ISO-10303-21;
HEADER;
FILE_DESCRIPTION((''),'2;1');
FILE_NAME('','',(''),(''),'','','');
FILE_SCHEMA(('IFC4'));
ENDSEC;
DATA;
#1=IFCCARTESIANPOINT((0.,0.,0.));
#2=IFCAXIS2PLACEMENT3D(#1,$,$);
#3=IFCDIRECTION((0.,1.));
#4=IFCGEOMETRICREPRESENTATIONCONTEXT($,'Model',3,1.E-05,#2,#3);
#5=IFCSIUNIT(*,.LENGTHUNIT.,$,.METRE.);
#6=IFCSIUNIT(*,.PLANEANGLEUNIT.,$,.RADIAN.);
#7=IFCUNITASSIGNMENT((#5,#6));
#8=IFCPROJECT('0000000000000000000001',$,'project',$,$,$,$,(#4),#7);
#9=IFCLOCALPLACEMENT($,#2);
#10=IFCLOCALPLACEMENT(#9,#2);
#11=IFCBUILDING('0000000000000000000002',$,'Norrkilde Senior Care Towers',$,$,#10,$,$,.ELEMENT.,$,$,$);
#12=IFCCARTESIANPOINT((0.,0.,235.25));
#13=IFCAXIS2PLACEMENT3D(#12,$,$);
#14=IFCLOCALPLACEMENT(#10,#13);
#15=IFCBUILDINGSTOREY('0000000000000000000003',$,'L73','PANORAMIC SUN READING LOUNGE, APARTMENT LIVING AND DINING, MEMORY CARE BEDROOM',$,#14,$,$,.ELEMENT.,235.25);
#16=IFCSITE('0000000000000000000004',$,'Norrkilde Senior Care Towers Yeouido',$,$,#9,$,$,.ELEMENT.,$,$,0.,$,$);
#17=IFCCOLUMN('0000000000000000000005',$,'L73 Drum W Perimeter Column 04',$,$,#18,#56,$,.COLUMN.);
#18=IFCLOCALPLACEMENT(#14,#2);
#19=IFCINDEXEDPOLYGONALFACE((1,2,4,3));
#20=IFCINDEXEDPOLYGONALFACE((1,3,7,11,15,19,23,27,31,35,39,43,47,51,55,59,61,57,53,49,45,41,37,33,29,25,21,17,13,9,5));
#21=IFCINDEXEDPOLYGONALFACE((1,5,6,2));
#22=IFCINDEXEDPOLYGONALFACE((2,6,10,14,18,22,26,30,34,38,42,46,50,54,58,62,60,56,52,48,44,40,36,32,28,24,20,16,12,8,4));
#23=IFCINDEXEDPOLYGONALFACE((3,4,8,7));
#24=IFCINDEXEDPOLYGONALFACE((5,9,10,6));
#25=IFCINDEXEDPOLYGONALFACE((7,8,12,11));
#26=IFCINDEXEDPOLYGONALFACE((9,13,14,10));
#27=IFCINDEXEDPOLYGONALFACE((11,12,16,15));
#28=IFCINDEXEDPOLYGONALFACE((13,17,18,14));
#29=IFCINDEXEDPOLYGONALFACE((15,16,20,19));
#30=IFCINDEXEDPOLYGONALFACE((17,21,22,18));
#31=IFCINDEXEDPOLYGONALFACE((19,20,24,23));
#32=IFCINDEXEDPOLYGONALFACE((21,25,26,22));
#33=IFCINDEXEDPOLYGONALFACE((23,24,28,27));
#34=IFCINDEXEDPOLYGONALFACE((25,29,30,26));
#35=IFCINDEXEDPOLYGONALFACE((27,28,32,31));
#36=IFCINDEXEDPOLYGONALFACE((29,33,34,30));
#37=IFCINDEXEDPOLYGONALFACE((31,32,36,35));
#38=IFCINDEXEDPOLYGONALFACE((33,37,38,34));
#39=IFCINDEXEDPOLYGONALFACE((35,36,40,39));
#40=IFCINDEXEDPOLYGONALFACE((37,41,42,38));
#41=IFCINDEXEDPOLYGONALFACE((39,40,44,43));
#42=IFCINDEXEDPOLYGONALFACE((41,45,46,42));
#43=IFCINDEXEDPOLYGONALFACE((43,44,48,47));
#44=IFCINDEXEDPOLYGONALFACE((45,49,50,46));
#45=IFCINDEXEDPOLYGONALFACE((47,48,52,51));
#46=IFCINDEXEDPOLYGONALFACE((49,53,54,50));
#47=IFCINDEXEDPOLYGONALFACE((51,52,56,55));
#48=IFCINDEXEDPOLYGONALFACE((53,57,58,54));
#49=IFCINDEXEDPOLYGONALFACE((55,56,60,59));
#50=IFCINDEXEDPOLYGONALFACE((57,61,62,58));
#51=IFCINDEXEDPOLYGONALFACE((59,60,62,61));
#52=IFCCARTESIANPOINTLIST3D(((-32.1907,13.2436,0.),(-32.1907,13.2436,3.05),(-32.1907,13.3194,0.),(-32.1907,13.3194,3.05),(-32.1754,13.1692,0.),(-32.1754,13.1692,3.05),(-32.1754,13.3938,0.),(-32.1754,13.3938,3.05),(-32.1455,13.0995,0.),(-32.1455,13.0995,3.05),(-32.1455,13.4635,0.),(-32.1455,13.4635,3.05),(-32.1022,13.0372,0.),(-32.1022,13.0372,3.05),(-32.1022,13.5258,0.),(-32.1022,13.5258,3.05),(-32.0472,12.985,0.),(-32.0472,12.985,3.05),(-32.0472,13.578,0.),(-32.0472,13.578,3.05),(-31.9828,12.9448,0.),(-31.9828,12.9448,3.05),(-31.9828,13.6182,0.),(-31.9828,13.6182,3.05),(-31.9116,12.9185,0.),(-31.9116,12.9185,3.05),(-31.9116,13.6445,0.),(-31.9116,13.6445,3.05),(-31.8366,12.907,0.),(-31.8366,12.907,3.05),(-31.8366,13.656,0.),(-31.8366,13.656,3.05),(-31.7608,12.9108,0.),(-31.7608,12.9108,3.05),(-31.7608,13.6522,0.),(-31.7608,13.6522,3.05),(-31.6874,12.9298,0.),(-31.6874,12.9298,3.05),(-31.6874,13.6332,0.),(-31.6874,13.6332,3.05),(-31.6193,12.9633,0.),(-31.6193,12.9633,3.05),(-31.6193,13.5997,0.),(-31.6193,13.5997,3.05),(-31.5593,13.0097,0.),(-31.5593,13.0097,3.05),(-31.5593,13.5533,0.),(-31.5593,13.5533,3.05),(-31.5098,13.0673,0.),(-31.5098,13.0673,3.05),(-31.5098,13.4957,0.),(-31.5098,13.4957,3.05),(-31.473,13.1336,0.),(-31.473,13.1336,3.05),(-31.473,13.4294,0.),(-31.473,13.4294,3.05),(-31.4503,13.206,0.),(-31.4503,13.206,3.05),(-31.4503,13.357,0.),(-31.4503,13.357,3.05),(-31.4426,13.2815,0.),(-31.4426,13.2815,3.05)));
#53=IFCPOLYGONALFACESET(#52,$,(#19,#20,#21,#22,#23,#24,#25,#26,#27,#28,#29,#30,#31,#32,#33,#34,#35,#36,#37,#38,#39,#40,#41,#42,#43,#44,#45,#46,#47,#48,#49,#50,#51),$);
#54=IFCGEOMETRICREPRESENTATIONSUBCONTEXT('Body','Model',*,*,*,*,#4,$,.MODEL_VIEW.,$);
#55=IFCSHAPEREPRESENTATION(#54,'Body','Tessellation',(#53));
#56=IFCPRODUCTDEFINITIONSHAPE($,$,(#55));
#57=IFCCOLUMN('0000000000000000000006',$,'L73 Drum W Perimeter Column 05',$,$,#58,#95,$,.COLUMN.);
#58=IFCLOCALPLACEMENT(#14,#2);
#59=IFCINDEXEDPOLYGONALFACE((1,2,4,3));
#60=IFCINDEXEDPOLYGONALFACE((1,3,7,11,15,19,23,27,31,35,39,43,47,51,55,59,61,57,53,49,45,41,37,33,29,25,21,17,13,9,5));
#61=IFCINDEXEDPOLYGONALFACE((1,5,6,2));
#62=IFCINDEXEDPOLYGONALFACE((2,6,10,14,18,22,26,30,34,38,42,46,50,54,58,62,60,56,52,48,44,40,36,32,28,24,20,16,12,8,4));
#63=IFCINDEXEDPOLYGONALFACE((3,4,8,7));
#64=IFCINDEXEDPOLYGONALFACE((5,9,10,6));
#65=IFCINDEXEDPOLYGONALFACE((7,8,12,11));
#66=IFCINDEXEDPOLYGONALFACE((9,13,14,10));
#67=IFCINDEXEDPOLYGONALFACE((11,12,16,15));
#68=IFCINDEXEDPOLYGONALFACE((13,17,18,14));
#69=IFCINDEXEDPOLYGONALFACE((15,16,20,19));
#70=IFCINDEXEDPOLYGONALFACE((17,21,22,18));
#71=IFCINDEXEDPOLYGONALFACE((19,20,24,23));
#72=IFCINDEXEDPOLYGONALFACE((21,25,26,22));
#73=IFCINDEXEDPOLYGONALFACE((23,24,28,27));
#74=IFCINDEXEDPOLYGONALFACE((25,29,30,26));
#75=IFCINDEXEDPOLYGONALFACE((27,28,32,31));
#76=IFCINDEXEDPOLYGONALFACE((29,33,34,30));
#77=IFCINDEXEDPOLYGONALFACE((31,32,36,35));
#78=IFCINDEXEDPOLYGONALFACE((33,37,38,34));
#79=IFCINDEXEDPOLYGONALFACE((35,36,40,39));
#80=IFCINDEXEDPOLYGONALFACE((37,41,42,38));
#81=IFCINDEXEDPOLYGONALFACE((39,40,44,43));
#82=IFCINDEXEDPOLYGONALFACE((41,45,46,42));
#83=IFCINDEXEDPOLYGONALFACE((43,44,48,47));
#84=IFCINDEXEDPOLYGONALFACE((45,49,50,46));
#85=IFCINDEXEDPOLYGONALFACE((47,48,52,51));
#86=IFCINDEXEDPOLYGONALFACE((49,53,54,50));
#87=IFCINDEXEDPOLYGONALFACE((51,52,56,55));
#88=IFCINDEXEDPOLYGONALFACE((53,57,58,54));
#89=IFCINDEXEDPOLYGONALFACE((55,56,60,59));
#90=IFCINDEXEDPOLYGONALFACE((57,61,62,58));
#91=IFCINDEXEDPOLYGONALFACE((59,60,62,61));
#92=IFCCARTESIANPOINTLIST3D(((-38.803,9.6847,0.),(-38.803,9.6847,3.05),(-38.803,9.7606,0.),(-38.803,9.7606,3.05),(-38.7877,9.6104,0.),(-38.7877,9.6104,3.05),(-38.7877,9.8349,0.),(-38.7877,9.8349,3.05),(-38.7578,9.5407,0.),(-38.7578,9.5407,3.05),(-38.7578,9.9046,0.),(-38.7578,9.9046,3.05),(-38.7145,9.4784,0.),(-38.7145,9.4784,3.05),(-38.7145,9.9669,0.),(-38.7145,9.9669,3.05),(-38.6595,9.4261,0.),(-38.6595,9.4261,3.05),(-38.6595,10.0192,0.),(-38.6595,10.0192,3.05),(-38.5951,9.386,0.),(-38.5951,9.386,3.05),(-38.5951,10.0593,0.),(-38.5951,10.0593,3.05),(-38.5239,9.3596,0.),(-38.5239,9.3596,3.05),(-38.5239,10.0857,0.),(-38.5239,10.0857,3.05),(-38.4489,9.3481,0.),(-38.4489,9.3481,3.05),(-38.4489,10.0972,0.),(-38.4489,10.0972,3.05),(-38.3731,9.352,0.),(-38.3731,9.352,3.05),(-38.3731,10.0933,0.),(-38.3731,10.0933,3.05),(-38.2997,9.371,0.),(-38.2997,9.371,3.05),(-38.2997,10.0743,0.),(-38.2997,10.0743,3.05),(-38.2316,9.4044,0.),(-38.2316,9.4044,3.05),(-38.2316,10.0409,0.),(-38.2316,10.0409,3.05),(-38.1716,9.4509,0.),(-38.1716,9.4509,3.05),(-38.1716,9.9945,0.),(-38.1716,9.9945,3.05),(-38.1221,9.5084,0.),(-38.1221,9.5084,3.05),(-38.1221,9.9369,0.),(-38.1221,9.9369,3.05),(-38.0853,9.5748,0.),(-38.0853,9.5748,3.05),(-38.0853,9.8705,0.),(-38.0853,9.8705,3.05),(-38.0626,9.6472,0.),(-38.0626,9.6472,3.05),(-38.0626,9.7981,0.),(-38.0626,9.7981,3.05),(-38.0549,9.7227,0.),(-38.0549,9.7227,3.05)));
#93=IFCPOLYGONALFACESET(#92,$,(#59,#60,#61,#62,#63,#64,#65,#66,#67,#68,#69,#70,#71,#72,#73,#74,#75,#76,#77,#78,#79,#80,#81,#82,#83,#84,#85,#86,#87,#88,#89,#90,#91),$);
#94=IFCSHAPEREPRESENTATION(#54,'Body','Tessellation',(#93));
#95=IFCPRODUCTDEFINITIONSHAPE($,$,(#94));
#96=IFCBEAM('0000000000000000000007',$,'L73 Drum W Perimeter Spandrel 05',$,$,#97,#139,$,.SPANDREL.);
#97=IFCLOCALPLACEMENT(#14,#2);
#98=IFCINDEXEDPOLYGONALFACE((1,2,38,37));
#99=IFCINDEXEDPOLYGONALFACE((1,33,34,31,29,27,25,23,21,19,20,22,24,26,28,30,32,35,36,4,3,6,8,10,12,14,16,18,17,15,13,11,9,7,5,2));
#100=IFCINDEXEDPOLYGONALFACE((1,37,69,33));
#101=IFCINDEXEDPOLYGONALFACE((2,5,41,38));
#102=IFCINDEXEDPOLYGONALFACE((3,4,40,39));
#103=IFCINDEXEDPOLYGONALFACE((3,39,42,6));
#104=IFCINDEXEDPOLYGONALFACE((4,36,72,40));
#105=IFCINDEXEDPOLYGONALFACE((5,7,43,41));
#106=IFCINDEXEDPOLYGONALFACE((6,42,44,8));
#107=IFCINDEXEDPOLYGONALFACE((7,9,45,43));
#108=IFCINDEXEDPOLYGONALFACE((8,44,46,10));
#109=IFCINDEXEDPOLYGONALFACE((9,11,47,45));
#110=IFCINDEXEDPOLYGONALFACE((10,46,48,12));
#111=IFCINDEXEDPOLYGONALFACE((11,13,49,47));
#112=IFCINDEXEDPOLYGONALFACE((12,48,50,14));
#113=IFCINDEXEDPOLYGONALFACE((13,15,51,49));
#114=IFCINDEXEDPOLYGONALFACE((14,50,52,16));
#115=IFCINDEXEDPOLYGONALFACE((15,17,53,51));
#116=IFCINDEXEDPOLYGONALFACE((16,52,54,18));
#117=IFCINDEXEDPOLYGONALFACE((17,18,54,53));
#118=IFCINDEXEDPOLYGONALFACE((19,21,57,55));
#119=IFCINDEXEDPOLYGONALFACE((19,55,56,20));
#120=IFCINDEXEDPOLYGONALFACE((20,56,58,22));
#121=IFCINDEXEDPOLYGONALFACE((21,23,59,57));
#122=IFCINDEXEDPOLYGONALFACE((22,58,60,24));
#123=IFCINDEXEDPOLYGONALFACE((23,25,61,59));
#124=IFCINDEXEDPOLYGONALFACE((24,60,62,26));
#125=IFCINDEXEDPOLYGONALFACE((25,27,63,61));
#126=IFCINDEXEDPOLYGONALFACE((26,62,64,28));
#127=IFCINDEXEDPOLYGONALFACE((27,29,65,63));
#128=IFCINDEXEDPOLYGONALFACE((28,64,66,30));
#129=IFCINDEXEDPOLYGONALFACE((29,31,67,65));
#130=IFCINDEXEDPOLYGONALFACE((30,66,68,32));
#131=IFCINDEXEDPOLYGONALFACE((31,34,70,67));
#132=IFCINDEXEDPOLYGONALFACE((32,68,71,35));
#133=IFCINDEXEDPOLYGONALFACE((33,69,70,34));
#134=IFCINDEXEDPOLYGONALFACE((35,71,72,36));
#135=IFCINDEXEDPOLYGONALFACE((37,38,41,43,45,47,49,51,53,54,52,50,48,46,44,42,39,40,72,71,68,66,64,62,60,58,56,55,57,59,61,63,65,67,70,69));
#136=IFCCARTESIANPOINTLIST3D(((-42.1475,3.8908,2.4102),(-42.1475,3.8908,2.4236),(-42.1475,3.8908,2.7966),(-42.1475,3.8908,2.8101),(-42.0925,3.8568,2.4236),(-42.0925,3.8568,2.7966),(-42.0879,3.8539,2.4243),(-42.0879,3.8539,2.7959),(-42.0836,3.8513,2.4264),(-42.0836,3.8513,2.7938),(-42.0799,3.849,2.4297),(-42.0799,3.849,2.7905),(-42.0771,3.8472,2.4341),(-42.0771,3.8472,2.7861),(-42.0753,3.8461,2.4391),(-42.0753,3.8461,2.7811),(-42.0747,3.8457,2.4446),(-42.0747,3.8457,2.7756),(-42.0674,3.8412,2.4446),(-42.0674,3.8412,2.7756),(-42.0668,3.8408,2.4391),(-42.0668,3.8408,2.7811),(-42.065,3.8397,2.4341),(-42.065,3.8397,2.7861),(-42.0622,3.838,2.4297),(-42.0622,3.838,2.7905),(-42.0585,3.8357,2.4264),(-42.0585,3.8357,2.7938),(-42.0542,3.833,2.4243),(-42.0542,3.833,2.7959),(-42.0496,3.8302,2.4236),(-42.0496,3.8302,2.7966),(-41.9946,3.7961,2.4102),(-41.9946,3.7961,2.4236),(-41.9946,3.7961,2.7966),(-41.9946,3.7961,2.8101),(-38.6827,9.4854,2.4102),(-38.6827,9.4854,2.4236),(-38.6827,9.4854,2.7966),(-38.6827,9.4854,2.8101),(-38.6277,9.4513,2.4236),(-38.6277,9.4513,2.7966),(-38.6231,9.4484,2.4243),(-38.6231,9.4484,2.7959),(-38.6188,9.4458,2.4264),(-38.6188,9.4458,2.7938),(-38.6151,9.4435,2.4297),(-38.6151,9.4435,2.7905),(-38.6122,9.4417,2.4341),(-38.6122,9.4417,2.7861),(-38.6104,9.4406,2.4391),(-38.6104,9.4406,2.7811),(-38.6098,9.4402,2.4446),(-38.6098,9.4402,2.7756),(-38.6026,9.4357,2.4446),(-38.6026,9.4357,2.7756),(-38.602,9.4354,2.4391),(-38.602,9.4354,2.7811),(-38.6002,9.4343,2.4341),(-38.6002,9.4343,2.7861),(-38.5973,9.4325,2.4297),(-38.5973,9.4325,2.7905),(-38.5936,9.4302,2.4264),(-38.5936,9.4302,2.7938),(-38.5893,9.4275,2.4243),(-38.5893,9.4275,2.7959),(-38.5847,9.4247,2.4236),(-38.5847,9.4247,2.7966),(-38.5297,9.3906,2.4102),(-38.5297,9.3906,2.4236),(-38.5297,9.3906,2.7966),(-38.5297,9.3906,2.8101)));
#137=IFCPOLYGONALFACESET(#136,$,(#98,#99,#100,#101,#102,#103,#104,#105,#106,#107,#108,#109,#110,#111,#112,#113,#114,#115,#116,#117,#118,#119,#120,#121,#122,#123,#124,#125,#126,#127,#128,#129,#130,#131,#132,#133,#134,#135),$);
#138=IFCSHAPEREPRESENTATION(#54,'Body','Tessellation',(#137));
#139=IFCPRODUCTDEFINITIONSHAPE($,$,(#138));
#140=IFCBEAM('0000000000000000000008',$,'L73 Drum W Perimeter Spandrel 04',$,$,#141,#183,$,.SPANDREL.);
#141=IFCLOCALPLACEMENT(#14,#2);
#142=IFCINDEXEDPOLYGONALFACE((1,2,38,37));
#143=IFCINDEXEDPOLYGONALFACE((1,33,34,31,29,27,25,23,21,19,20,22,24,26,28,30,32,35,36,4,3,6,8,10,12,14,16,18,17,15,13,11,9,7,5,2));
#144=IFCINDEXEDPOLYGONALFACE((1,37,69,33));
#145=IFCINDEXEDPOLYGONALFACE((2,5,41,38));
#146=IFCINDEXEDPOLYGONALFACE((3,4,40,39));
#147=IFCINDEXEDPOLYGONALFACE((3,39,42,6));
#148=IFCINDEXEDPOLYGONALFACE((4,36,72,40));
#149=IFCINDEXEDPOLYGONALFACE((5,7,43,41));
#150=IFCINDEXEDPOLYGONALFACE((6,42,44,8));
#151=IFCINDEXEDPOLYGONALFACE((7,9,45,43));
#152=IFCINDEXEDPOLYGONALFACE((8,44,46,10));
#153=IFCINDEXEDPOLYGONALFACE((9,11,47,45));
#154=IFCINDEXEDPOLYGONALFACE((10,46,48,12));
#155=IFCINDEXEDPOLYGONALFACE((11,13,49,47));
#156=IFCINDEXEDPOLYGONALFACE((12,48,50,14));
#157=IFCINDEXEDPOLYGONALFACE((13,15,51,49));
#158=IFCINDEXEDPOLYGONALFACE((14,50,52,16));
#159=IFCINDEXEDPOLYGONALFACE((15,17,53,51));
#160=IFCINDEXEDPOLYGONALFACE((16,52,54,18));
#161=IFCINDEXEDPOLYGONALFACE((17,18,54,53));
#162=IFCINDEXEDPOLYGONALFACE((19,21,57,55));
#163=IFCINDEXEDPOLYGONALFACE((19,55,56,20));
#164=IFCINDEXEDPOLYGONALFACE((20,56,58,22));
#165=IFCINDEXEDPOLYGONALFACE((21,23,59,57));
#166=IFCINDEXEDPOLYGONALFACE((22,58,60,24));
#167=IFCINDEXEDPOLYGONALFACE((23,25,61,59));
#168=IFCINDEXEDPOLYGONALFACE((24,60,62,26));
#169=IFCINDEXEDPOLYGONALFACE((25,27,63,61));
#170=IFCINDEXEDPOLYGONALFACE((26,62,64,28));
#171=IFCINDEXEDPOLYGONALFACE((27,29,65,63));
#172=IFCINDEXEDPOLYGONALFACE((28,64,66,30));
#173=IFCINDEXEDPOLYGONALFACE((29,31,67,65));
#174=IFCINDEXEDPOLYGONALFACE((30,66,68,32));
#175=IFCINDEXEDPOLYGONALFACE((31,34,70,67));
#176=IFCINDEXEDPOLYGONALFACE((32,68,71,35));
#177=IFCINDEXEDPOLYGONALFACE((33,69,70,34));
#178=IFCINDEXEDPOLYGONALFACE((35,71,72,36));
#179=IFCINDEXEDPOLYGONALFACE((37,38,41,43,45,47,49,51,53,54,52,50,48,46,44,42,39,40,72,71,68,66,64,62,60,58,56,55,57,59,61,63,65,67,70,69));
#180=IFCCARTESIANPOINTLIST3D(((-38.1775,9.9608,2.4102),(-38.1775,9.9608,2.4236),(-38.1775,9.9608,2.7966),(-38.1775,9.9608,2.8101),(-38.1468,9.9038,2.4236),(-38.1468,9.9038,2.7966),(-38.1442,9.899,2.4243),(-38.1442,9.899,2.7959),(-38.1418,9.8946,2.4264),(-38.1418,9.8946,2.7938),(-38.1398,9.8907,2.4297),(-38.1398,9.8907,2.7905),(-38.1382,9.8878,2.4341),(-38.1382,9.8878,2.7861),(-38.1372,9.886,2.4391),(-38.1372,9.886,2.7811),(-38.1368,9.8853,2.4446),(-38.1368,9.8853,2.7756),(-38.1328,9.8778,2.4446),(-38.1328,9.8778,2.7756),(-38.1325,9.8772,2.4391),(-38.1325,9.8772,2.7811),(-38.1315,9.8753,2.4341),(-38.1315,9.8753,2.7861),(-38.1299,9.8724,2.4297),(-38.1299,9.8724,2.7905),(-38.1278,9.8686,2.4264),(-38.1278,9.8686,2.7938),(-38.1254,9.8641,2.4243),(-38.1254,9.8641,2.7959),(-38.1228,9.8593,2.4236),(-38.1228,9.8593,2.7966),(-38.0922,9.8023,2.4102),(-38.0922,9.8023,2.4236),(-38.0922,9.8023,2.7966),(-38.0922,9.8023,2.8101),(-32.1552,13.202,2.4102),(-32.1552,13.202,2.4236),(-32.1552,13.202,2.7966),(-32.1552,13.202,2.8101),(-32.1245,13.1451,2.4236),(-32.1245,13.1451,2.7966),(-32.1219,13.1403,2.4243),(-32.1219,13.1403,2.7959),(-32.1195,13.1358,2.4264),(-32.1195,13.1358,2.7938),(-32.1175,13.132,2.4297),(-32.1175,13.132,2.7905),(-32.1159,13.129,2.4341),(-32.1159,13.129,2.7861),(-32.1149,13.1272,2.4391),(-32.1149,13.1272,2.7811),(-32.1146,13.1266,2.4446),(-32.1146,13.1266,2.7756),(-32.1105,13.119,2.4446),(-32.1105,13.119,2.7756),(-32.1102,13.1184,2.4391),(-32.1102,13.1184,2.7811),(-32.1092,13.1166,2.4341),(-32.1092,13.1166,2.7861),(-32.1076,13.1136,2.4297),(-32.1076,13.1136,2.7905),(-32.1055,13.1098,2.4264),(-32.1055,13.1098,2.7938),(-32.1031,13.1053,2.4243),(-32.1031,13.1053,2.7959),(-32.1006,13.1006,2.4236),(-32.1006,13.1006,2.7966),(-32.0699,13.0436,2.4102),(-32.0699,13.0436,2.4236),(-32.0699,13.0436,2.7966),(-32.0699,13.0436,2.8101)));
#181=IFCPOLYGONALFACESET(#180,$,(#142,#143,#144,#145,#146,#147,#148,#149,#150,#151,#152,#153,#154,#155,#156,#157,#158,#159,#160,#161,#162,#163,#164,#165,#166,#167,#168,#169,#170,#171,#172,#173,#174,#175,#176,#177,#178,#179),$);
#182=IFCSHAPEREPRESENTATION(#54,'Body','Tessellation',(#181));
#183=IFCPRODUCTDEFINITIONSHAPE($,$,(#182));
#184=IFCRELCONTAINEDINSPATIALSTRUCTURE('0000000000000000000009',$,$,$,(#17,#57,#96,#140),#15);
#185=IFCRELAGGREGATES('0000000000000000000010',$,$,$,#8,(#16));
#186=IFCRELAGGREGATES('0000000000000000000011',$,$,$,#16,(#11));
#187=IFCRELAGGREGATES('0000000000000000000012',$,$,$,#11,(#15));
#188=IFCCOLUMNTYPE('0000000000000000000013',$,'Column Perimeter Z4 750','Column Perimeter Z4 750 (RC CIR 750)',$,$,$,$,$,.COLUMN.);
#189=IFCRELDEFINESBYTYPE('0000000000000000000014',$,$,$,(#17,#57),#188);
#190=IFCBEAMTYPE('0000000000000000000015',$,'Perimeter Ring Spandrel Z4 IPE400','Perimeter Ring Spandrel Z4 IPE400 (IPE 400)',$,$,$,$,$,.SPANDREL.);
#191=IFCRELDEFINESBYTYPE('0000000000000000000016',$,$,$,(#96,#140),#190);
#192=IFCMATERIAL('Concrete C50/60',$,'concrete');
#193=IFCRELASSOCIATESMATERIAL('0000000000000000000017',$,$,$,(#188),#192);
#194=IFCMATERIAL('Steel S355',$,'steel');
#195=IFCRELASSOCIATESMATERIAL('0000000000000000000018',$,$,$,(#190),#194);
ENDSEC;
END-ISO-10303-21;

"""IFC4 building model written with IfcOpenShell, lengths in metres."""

from ifc_helpers import new_model, si_unit, direction, frame, origin, origin_2d, place, context, subcontext, project, spatial, circle, i_section, extrude, source, transform, mapped, material, material_profile, profile_set, type_object, type_shapes, element, save


model = new_model("IFC4")

# Units and contexts
model_context = context("Model", 3, precision=1e-05, world=origin(), true_north=direction((0.0, 1.0)))
body_context = subcontext(model_context, "Body", "Model", "MODEL_VIEW")
ifc_project = project(units=[si_unit("LENGTHUNIT", "METRE"), si_unit("PLANEANGLEUNIT", "RADIAN")], contexts=[model_context])

# Site, building, storey
site_placement = place(None, origin())
site = spatial("IfcSite", under=ifc_project, at=site_placement, Name="Norrkilde Senior Care Towers Yeouido", CompositionType="ELEMENT", RefElevation=0.0)
building_placement = place(site_placement, origin())
building = spatial("IfcBuilding", under=site, at=building_placement, Name="Norrkilde Senior Care Towers", CompositionType="ELEMENT")
storey_placement = place(building_placement, frame((0.0, 0.0, 235.25)))
storey = spatial("IfcBuildingStorey", under=building, at=storey_placement, Name="L73", Description="PANORAMIC SUN READING LOUNGE, APARTMENT LIVING AND DINING, MEMORY CARE BEDROOM", CompositionType="ELEMENT", Elevation=235.25)

# Columns
ifc_material_1 = material(Name="Concrete C50/60", Category="concrete")
ifc_material_profile_1 = material_profile(ifc_material_1, circle(Radius=0.375, at=origin_2d()), Name="RC CIR 750")
ifc_profile_set_1 = profile_set([ifc_material_profile_1], Name="Concrete C50/60")
column_type = type_object("IfcColumnType", Name="Column Perimeter Z4 750", Description="Column Perimeter Z4 750 (RC CIR 750)", PredefinedType="COLUMN", material=ifc_profile_set_1)
shared_shape_1 = source(origin(), body_context, "Body", "SweptSolid", [
    extrude(circle(Radius=0.375, at=origin_2d()), origin(), (0.0, 0.0, 1.0), 3.05),
])
type_shapes(column_type, [shared_shape_1])
for number, where, z_axis, x_axis, name in (
    (1, (-31.8176, 13.2815, 0.0), (0.0, 0.0, 1.0), (1.0, 0.0, 0.0), "L73 Drum W Perimeter Column 04"),
    (2, (-38.4299, 9.7227, 0.0), (0.0, 0.0, 1.0), (1.0, 0.0, 0.0), "L73 Drum W Perimeter Column 05"),
):
    element("IfcColumn", number, at=place(storey_placement, frame(where, z_axis=z_axis, x_axis=x_axis)), inside=storey, type_object=column_type, Name=name, PredefinedType="COLUMN", context=body_context, shape_type="MappedRepresentation", body=[
        mapped(shared_shape_1, transform((0.0, 0.0, 0.0), x_axis=(1.0, 0.0, 0.0), y_axis=(0.0, 1.0, 0.0), z_axis=(0.0, 0.0, 1.0), scale=1.0)),
    ])

# Beams
ifc_material_2 = material(Name="Steel S355", Category="steel")
ifc_material_profile_2 = material_profile(ifc_material_2, i_section(OverallWidth=0.1799, OverallDepth=0.3999, WebThickness=0.0085, FlangeThickness=0.0134, FilletRadius=0.021, at=origin_2d()), Name="IPE 400")
ifc_profile_set_2 = profile_set([ifc_material_profile_2], Name="Steel S355")
beam_type_1 = type_object("IfcBeamType", Name="Perimeter Ring Spandrel Z4 IPE400", Description="Perimeter Ring Spandrel Z4 IPE400 (IPE 400)", PredefinedType="SPANDREL", material=ifc_profile_set_2)
shared_shape_2 = source(origin(), body_context, "Body", "SweptSolid", [
    extrude(i_section(OverallWidth=0.1799, OverallDepth=0.3999, WebThickness=0.0085, FlangeThickness=0.0134, FilletRadius=0.021, at=origin_2d()), origin(), (0.0, 0.0, 1.0), 6.5806),
])
beam_1_placement = place(storey_placement, frame((-38.6062, 9.438, 2.6101), z_axis=(-0.52653, -0.850157, 0.0), x_axis=(0.850157, -0.52653, 0.0)))
element("IfcBeam", 3, at=beam_1_placement, inside=storey, type_object=beam_type_1, Name="L73 Drum W Perimeter Spandrel 05", PredefinedType="SPANDREL", context=body_context, shape_type="MappedRepresentation", body=[
    mapped(shared_shape_2, transform((0.0, 0.0, 0.0), x_axis=(1.0, 0.0, 0.0), y_axis=(0.0, 1.0, 0.0), z_axis=(0.0, 0.0, 1.0), scale=1.0)),
])
shared_shape_3 = source(origin(), body_context, "Body", "SweptSolid", [
    extrude(i_section(OverallWidth=0.1799, OverallDepth=0.3999, WebThickness=0.0085, FlangeThickness=0.0134, FilletRadius=0.021, at=origin_2d()), origin(), (0.0, 0.0, 1.0), 6.8391),
])
type_shapes(beam_type_1, [shared_shape_2, shared_shape_3])
beam_2_placement = place(storey_placement, frame((-32.1125, 13.1228, 2.6101), z_axis=(-0.880564, -0.473927, 0.0), x_axis=(0.473927, -0.880564, 0.0)))
element("IfcBeam", 4, at=beam_2_placement, inside=storey, type_object=beam_type_1, Name="L73 Drum W Perimeter Spandrel 04", PredefinedType="SPANDREL", context=body_context, shape_type="MappedRepresentation", body=[
    mapped(shared_shape_3, transform((0.0, 0.0, 0.0), x_axis=(1.0, 0.0, 0.0), y_axis=(0.0, 1.0, 0.0), z_axis=(0.0, 0.0, 1.0), scale=1.0)),
])

save(model, "model.ifc")
